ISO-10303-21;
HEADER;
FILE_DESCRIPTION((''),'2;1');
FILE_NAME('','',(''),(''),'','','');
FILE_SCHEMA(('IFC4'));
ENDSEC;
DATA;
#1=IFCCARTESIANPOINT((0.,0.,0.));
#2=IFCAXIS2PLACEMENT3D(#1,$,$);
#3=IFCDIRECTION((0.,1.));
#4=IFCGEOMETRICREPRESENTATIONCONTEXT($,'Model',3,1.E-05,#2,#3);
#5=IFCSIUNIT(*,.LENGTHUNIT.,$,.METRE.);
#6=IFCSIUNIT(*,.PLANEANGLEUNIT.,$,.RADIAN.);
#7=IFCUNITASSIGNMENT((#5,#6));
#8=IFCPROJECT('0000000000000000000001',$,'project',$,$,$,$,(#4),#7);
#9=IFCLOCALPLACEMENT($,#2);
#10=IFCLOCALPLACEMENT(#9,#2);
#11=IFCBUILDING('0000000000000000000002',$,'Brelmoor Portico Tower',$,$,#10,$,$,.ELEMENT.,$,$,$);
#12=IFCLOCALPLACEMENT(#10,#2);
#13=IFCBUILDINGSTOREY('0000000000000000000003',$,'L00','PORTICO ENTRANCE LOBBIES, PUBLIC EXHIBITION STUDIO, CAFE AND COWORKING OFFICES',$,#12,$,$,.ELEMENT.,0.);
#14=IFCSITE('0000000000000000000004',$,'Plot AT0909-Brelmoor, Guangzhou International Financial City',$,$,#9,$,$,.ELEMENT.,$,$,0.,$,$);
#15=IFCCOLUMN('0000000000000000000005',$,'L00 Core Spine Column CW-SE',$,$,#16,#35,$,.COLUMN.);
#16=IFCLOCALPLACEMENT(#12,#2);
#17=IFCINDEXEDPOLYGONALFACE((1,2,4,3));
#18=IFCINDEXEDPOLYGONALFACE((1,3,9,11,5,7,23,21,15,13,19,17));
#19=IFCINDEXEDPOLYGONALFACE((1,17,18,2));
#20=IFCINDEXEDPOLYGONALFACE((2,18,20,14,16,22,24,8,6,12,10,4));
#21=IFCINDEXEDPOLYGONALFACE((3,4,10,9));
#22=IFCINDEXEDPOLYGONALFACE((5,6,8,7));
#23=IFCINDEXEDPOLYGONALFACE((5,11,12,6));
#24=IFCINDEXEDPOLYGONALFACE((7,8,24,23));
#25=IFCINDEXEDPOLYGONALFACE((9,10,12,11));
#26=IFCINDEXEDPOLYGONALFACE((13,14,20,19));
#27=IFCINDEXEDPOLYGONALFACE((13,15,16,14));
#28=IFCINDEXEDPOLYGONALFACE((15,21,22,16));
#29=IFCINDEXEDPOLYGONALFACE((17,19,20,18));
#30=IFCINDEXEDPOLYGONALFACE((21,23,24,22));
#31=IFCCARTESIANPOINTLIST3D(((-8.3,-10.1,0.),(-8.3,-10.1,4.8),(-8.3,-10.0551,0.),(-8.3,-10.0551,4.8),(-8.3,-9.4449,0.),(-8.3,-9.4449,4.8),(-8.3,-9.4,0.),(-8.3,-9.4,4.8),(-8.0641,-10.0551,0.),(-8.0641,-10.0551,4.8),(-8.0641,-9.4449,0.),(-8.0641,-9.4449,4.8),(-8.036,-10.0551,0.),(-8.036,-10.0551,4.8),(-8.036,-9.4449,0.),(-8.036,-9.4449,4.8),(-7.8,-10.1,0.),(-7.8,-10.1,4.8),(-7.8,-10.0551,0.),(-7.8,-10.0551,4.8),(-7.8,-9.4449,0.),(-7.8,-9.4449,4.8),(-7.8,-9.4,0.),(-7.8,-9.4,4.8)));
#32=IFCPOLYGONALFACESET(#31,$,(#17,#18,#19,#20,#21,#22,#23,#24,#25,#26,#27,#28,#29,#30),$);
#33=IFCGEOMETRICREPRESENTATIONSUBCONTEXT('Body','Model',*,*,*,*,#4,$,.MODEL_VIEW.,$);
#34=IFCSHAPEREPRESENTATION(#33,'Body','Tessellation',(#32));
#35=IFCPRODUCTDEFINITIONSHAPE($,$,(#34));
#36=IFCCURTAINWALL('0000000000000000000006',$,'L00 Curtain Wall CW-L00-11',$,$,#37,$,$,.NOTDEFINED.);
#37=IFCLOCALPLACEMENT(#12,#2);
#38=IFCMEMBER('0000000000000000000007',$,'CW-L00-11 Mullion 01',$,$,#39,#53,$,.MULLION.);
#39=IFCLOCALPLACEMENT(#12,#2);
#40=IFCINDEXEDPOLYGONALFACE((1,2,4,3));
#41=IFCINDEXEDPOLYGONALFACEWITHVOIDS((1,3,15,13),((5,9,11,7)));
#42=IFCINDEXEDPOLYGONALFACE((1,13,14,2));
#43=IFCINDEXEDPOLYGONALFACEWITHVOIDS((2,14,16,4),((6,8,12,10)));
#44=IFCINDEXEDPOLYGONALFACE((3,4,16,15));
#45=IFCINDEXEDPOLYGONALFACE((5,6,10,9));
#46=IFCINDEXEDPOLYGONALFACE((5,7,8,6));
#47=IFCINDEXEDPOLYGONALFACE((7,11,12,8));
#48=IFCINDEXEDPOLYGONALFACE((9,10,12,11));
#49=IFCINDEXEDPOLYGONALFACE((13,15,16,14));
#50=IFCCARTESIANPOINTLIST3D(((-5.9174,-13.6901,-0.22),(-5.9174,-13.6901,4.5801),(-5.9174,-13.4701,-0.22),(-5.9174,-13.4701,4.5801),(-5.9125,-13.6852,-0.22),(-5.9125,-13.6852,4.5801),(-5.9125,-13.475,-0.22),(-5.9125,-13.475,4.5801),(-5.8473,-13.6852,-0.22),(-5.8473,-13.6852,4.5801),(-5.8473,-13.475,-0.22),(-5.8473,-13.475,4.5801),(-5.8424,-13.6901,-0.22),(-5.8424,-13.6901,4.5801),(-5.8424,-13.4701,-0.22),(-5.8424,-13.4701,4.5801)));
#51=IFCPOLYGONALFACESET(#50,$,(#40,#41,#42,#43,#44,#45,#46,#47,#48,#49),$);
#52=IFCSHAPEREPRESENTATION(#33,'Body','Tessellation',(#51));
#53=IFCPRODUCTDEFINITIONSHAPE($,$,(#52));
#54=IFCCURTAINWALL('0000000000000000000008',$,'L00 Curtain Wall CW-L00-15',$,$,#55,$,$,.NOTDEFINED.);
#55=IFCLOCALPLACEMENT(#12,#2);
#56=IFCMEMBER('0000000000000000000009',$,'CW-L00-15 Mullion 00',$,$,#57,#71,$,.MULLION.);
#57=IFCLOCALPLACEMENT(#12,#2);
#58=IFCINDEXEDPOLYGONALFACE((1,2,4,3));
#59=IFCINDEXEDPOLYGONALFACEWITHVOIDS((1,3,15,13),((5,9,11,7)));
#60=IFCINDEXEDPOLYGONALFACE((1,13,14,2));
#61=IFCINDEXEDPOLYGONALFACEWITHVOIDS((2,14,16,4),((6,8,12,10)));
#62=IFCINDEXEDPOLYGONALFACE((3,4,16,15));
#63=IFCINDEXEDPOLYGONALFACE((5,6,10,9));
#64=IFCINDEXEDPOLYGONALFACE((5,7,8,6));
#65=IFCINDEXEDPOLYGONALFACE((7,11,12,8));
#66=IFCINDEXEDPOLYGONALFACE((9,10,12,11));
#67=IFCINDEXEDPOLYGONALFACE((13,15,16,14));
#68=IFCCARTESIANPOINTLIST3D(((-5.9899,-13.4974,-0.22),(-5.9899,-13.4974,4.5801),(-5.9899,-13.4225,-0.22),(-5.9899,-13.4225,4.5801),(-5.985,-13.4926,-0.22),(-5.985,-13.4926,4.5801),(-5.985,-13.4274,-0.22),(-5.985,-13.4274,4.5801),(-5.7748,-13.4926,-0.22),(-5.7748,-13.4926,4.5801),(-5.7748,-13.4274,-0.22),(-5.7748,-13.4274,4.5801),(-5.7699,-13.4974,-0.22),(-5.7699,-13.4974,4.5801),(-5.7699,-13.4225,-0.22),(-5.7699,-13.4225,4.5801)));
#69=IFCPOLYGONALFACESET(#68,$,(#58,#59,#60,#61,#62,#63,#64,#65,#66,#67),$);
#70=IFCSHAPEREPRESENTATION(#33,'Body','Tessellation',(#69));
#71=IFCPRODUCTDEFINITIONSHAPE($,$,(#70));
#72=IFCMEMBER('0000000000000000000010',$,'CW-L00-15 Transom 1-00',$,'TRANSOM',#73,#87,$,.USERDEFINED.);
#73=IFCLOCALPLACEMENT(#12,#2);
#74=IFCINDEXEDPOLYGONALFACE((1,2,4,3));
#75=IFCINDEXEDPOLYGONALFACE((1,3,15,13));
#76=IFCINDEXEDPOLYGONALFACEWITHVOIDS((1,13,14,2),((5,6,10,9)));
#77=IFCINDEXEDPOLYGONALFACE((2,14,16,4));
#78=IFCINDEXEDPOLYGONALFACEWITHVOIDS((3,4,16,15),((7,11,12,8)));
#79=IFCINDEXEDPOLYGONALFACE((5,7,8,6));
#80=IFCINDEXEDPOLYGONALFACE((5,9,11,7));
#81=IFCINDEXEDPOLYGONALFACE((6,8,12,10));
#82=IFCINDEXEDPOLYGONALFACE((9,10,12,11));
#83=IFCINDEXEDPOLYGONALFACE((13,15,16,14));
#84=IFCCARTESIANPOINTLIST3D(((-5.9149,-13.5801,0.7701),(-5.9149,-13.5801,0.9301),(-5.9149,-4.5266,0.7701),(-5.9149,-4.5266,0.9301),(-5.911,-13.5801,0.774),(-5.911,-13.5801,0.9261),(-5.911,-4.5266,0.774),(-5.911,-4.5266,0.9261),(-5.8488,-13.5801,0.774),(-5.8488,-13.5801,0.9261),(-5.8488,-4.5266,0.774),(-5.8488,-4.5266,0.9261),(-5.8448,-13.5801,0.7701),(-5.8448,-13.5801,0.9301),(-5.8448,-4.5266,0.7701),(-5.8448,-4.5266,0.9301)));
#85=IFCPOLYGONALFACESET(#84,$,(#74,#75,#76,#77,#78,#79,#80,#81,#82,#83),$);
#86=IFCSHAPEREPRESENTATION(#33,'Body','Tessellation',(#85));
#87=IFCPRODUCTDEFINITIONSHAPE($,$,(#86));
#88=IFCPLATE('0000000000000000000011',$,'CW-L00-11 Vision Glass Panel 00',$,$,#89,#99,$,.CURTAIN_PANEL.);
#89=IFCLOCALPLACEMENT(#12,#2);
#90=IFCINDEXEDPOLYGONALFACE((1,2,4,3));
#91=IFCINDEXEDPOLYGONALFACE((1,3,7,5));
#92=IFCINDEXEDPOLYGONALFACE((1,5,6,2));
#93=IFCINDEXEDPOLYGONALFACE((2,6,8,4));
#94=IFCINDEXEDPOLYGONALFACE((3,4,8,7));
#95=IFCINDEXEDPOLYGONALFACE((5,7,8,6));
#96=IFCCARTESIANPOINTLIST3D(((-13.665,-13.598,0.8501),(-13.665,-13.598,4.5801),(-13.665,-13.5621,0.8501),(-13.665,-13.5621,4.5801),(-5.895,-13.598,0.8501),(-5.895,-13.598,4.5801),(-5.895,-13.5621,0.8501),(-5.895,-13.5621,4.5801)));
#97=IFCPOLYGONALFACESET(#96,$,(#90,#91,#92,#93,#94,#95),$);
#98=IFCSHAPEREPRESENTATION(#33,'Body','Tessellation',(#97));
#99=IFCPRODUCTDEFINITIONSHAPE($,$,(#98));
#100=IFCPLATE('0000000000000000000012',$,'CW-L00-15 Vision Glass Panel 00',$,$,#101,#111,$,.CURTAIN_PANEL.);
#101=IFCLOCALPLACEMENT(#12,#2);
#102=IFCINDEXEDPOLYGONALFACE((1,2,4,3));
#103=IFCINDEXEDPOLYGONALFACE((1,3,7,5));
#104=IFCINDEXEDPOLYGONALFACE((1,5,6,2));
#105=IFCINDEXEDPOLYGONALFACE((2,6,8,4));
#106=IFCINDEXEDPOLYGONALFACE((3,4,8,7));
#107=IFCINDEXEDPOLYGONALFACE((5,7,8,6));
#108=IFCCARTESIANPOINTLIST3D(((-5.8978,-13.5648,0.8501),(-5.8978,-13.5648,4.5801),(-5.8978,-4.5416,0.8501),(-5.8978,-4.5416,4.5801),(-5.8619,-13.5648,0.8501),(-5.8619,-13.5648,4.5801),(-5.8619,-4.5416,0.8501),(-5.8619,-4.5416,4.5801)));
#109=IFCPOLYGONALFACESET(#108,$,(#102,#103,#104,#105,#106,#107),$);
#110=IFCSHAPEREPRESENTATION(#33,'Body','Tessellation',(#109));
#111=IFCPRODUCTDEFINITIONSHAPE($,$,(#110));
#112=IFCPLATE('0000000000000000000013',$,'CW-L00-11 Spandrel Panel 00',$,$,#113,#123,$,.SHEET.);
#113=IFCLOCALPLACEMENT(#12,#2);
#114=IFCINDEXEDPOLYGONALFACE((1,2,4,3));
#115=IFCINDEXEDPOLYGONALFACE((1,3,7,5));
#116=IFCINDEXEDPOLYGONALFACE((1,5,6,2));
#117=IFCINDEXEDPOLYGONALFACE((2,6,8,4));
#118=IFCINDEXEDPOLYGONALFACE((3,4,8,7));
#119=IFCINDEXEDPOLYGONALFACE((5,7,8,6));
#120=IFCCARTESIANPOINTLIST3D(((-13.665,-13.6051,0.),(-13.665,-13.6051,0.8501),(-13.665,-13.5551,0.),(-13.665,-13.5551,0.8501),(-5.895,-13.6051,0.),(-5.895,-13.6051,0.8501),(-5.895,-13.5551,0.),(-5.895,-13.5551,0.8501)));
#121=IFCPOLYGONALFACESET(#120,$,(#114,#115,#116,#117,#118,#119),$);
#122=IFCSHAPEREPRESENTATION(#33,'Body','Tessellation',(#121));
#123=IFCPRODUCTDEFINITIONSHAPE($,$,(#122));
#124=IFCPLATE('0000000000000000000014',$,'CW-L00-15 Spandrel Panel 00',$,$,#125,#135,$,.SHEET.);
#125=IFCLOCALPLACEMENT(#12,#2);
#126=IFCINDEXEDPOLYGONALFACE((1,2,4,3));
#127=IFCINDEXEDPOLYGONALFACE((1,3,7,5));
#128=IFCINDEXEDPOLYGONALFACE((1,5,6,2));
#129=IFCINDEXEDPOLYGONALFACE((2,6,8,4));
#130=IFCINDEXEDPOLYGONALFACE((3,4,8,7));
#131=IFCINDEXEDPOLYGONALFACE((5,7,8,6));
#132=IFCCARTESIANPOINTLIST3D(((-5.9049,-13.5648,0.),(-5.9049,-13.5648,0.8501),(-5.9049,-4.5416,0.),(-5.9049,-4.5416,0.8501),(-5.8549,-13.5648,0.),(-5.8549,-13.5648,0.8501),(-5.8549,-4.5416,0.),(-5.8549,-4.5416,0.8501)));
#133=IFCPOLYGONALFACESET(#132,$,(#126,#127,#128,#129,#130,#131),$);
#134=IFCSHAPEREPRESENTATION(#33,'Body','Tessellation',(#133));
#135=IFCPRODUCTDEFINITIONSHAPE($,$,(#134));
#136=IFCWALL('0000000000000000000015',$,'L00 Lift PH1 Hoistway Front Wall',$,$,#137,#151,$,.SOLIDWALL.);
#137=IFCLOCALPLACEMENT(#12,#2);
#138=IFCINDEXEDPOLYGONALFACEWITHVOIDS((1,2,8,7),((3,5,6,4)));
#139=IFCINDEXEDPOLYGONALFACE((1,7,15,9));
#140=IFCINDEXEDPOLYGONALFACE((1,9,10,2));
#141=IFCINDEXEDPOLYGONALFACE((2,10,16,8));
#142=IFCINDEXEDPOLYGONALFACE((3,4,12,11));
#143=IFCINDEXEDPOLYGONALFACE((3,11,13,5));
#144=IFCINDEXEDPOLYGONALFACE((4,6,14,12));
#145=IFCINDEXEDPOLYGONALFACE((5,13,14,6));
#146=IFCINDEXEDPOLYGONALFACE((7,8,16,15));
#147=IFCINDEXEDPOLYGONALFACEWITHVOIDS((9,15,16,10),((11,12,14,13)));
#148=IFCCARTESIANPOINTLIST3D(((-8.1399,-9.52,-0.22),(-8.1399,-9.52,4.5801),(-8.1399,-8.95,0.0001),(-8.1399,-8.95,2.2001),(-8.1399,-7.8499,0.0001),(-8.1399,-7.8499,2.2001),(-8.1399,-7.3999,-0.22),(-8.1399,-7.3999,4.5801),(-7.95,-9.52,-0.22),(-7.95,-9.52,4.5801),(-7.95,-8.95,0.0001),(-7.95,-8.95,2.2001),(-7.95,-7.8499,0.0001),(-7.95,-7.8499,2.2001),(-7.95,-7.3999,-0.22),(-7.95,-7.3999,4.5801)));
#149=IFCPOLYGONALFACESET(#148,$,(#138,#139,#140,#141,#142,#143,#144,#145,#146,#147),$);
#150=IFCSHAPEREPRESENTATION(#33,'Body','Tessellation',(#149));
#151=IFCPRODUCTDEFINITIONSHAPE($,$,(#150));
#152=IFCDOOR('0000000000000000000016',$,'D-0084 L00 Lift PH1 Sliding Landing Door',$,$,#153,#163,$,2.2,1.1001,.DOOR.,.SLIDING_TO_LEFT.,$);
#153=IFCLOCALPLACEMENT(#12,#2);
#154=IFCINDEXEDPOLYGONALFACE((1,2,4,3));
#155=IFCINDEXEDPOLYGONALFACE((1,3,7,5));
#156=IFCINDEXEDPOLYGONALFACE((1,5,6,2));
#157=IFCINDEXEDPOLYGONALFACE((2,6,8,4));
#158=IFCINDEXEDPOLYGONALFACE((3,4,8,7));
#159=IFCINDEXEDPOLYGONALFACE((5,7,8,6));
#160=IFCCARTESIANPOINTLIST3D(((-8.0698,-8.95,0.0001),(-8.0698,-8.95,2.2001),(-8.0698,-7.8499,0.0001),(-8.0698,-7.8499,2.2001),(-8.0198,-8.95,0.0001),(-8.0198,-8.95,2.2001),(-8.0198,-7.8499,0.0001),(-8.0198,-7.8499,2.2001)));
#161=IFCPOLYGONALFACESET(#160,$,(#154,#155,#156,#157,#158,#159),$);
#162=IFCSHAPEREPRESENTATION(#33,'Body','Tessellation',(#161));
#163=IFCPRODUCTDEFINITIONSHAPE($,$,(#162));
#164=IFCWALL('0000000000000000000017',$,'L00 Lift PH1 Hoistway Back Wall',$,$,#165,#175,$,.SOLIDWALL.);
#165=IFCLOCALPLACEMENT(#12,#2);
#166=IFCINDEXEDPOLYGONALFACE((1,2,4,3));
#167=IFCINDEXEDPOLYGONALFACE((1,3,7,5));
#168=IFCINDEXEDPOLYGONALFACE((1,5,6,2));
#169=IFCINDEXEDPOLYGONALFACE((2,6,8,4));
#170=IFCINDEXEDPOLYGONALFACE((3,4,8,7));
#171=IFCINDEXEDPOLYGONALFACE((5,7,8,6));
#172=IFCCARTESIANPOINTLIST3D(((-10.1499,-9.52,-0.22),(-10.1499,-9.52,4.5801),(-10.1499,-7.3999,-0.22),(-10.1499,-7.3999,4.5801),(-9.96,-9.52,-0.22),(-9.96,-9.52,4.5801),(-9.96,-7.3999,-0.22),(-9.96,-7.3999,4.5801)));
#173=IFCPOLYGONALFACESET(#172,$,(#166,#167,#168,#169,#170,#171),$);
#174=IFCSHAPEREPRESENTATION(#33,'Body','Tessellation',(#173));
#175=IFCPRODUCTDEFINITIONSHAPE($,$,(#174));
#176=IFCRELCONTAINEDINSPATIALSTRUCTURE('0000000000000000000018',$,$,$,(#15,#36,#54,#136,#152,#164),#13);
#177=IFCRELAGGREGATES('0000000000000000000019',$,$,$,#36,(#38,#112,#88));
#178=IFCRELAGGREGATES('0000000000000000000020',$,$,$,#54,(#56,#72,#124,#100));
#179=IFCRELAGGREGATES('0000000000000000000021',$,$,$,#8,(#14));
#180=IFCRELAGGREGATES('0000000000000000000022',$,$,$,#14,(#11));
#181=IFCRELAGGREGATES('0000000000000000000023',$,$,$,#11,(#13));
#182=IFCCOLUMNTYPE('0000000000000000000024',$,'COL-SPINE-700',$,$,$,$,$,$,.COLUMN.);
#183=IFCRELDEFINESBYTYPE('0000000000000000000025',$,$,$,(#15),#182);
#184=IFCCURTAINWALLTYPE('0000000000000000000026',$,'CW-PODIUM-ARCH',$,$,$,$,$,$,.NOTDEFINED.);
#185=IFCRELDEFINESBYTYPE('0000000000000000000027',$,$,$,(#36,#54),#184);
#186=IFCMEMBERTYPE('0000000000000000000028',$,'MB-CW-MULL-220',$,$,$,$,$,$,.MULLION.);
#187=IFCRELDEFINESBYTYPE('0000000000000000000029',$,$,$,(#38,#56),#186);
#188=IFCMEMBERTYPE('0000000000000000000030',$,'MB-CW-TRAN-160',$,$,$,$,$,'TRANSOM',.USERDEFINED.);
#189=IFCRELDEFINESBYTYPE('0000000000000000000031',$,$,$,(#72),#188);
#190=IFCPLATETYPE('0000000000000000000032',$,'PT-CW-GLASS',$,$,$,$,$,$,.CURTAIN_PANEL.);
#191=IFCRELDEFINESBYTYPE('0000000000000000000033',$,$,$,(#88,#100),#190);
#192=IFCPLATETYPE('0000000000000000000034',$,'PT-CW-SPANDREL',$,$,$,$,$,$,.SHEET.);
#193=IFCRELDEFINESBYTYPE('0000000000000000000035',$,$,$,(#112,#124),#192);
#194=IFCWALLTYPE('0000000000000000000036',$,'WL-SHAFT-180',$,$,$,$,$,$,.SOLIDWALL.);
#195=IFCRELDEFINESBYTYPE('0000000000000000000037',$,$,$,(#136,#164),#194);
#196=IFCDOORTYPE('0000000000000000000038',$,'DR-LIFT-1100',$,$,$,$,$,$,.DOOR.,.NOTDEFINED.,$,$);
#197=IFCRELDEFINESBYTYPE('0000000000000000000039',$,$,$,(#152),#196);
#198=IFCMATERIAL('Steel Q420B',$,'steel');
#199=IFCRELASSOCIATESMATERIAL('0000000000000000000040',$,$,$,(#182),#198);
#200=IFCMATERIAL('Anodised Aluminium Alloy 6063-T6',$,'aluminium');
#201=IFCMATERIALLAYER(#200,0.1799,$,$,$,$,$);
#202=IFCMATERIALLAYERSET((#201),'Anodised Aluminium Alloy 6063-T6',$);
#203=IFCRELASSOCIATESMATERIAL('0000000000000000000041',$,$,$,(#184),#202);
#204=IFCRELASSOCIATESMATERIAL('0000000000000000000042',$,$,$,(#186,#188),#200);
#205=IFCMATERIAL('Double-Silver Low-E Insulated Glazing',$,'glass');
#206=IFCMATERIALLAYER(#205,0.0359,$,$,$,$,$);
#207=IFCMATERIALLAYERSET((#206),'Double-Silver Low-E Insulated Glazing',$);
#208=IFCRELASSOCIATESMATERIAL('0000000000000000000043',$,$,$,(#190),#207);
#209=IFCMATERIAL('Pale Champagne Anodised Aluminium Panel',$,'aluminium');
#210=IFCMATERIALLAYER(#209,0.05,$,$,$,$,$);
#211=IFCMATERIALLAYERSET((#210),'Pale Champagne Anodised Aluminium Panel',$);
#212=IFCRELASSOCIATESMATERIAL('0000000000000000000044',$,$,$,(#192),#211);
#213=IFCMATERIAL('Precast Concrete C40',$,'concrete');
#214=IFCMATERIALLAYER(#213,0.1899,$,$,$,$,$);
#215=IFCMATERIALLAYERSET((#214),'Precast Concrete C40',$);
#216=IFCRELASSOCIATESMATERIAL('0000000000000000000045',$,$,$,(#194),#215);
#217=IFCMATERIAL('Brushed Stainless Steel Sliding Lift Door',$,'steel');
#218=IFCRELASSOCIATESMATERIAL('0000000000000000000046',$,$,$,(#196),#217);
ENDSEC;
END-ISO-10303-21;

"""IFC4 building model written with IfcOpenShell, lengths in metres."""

from ifc_helpers import new_model, si_unit, direction, frame, frame_2d, origin, origin_2d, place, context, subcontext, project, spatial, rectangle, hollow_rectangle, i_section, extrude, material, layer, layer_set, material_profile, profile_set, type_object, element, fill, aggregate, save


model = new_model("IFC4")

# Units and contexts
model_context = context("Model", 3, precision=1e-05, world=origin(), true_north=direction((0.0, 1.0)))
body_context = subcontext(model_context, "Body", "Model", "MODEL_VIEW")
ifc_project = project(units=[si_unit("LENGTHUNIT", "METRE"), si_unit("PLANEANGLEUNIT", "RADIAN")], contexts=[model_context])

# Site, building, storey
site_placement = place(None, origin())
site = spatial("IfcSite", under=ifc_project, at=site_placement, Name="Plot AT0909-Brelmoor, Guangzhou International Financial City", CompositionType="ELEMENT", RefElevation=0.0)
building_placement = place(site_placement, origin())
building = spatial("IfcBuilding", under=site, at=building_placement, Name="Brelmoor Portico Tower", CompositionType="ELEMENT")
storey_placement = place(building_placement, origin())
storey = spatial("IfcBuildingStorey", under=building, at=storey_placement, Name="L00", Description="PORTICO ENTRANCE LOBBIES, PUBLIC EXHIBITION STUDIO, CAFE AND COWORKING OFFICES", CompositionType="ELEMENT", Elevation=0.0)

# Column
ifc_material_1 = material(Name="Steel Q420B", Category="steel")
ifc_material_profile_1 = material_profile(ifc_material_1, i_section(OverallWidth=0.5, OverallDepth=0.7, WebThickness=0.0281, FlangeThickness=0.0449, at=origin_2d()), Name="HW 700x500x28x45")
ifc_profile_set_1 = profile_set([ifc_material_profile_1], Name="Steel Q420B")
column_type = type_object("IfcColumnType", Name="COL-SPINE-700", PredefinedType="COLUMN", material=ifc_profile_set_1)
column_placement = place(storey_placement, frame((-8.05, -9.75, 0.0), z_axis=(0.0, 0.0, 1.0), x_axis=(1.0, 0.0, 0.0)))
element("IfcColumn", 1, at=column_placement, inside=storey, type_object=column_type, Name="L00 Core Spine Column CW-SE", PredefinedType="COLUMN", context=body_context, shape_type="SweptSolid", body=[
    extrude(i_section(OverallWidth=0.5, OverallDepth=0.7, WebThickness=0.0281, FlangeThickness=0.0449, at=origin_2d()), origin(), (0.0, 0.0, 1.0), 4.8),
])

# Curtain wall, member
ifc_material_2 = material(Name="Anodised Aluminium Alloy 6063-T6", Category="aluminium")
ifc_layer_1 = layer(ifc_material_2, 0.1799)
ifc_layer_set_1 = layer_set([ifc_layer_1], Name="Anodised Aluminium Alloy 6063-T6")
curtain_wall_type = type_object("IfcCurtainWallType", Name="CW-PODIUM-ARCH", PredefinedType="NOTDEFINED", material=ifc_layer_set_1)
curtain_wall_1_placement = place(storey_placement, origin())
curtain_wall_1 = element("IfcCurtainWall", 2, at=curtain_wall_1_placement, inside=storey, type_object=curtain_wall_type, Name="L00 Curtain Wall CW-L00-11", PredefinedType="NOTDEFINED")
ifc_material_profile_2 = material_profile(ifc_material_2, hollow_rectangle(XDim=0.075, YDim=0.22, WallThickness=0.0049, at=origin_2d()), Name="ALU MULLION 75x220")
ifc_profile_set_2 = profile_set([ifc_material_profile_2], Name="Anodised Aluminium Alloy 6063-T6")
member_type_1 = type_object("IfcMemberType", Name="MB-CW-MULL-220", PredefinedType="MULLION", material=ifc_profile_set_2)
member_1_placement = place(storey_placement, frame((-5.8799, -13.5801, -0.22), z_axis=(0.0, 0.0, 1.0), x_axis=(1.0, 0.0, 0.0)))
member_1 = element("IfcMember", 3, at=member_1_placement, type_object=member_type_1, Name="CW-L00-11 Mullion 01", PredefinedType="MULLION", context=body_context, shape_type="SweptSolid", body=[
    extrude(hollow_rectangle(XDim=0.075, YDim=0.22, WallThickness=0.0049, at=origin_2d()), origin(), (0.0, 0.0, 1.0), 4.8),
])

# Curtain wall, members
curtain_wall_2_placement = place(storey_placement, origin())
curtain_wall_2 = element("IfcCurtainWall", 4, at=curtain_wall_2_placement, inside=storey, type_object=curtain_wall_type, Name="L00 Curtain Wall CW-L00-15", PredefinedType="NOTDEFINED")
member_2_placement = place(storey_placement, frame((-5.8799, -13.46, -0.22), z_axis=(0.0, 0.0, 1.0), x_axis=(0.0, 1.0, 0.0)))
member_2 = element("IfcMember", 5, at=member_2_placement, type_object=member_type_1, Name="CW-L00-15 Mullion 00", PredefinedType="MULLION", context=body_context, shape_type="SweptSolid", body=[
    extrude(hollow_rectangle(XDim=0.075, YDim=0.22, WallThickness=0.0049, at=origin_2d()), origin(), (0.0, 0.0, 1.0), 4.8),
])
ifc_material_profile_3 = material_profile(ifc_material_2, hollow_rectangle(XDim=0.0701, YDim=0.1599, WallThickness=0.0039, at=origin_2d()), Name="ALU TRANSOM 70x160")
ifc_profile_set_3 = profile_set([ifc_material_profile_3], Name="Anodised Aluminium Alloy 6063-T6")
member_type_2 = type_object("IfcMemberType", Name="MB-CW-TRAN-160", ElementType="TRANSOM", PredefinedType="USERDEFINED", material=ifc_profile_set_3)
member_3_placement = place(storey_placement, frame((-5.8799, -13.5801, 0.8501), z_axis=(0.0, 1.0, 0.0), x_axis=(-1.0, 0.0, 0.0)))
member_3 = element("IfcMember", 6, at=member_3_placement, type_object=member_type_2, Name="CW-L00-15 Transom 1-00", ObjectType="TRANSOM", PredefinedType="USERDEFINED", context=body_context, shape_type="SweptSolid", body=[
    extrude(hollow_rectangle(XDim=0.0701, YDim=0.1599, WallThickness=0.0039, at=origin_2d()), origin(), (0.0, 0.0, 1.0), 9.0535),
])

# Plates
ifc_material_3 = material(Name="Double-Silver Low-E Insulated Glazing", Category="glass")
ifc_layer_2 = layer(ifc_material_3, 0.0359)
ifc_layer_set_2 = layer_set([ifc_layer_2], Name="Double-Silver Low-E Insulated Glazing")
plate_type_1 = type_object("IfcPlateType", Name="PT-CW-GLASS", PredefinedType="CURTAIN_PANEL", material=ifc_layer_set_2)
plate_1_placement = place(storey_placement, frame((-9.78, -13.5801, 0.8501), z_axis=(0.0, 0.0, 1.0), x_axis=(1.0, 0.0, 0.0)))
plate_1 = element("IfcPlate", 7, at=plate_1_placement, type_object=plate_type_1, Name="CW-L00-11 Vision Glass Panel 00", PredefinedType="CURTAIN_PANEL", context=body_context, shape_type="SweptSolid", body=[
    extrude(rectangle(XDim=7.77, YDim=0.0359, at=origin_2d()), origin(), (0.0, 0.0, 1.0), 3.73),
])
plate_2_placement = place(storey_placement, frame((-5.8799, -9.0532, 0.8501), z_axis=(0.0, 0.0, 1.0), x_axis=(0.0, 1.0, 0.0)))
plate_2 = element("IfcPlate", 8, at=plate_2_placement, type_object=plate_type_1, Name="CW-L00-15 Vision Glass Panel 00", PredefinedType="CURTAIN_PANEL", context=body_context, shape_type="SweptSolid", body=[
    extrude(rectangle(XDim=9.0232, YDim=0.0359, at=origin_2d()), origin(), (0.0, 0.0, 1.0), 3.73),
])
ifc_material_4 = material(Name="Pale Champagne Anodised Aluminium Panel", Category="aluminium")
ifc_layer_3 = layer(ifc_material_4, 0.05)
ifc_layer_set_3 = layer_set([ifc_layer_3], Name="Pale Champagne Anodised Aluminium Panel")
plate_type_2 = type_object("IfcPlateType", Name="PT-CW-SPANDREL", PredefinedType="SHEET", material=ifc_layer_set_3)
plate_3_placement = place(storey_placement, frame((-9.78, -13.5801, 0.0), z_axis=(0.0, 0.0, 1.0), x_axis=(1.0, 0.0, 0.0)))
plate_3 = element("IfcPlate", 9, at=plate_3_placement, type_object=plate_type_2, Name="CW-L00-11 Spandrel Panel 00", PredefinedType="SHEET", context=body_context, shape_type="SweptSolid", body=[
    extrude(rectangle(XDim=7.77, YDim=0.05, at=origin_2d()), origin(), (0.0, 0.0, 1.0), 0.8501),
])
aggregate(curtain_wall_1, [member_1, plate_3, plate_1])
plate_4_placement = place(storey_placement, frame((-5.8799, -9.0532, 0.0), z_axis=(0.0, 0.0, 1.0), x_axis=(0.0, 1.0, 0.0)))
plate_4 = element("IfcPlate", 10, at=plate_4_placement, type_object=plate_type_2, Name="CW-L00-15 Spandrel Panel 00", PredefinedType="SHEET", context=body_context, shape_type="SweptSolid", body=[
    extrude(rectangle(XDim=9.0232, YDim=0.05, at=origin_2d()), origin(), (0.0, 0.0, 1.0), 0.8501),
])
aggregate(curtain_wall_2, [member_2, member_3, plate_4, plate_2])

# Wall, opening, door
ifc_material_5 = material(Name="Precast Concrete C40", Category="concrete")
ifc_layer_4 = layer(ifc_material_5, 0.1899)
ifc_layer_set_4 = layer_set([ifc_layer_4], Name="Precast Concrete C40")
wall_type_1 = type_object("IfcWallType", Name="WL-SHAFT-180", PredefinedType="SOLIDWALL", material=ifc_layer_set_4)
wall_1_placement = place(storey_placement, frame((-8.0449, -9.52, -0.22), z_axis=(0.0, 0.0, 1.0), x_axis=(0.0, 1.0, 0.0)))
wall_1 = element("IfcWall", 11, at=wall_1_placement, inside=storey, type_object=wall_type_1, Name="L00 Lift PH1 Hoistway Front Wall", PredefinedType="SOLIDWALL", context=body_context, shape_type="SweptSolid", body=[
    extrude(rectangle(XDim=2.1201, YDim=0.1899, at=frame_2d((1.0601, 0.0))), origin(), (0.0, 0.0, 1.0), 4.8),
])
opening_1_placement = place(wall_1_placement, frame((0.5701, 0.0, 0.22)))
opening_1 = element("IfcOpeningElement", 12, at=opening_1_placement, cuts=wall_1, PredefinedType="OPENING", context=body_context, shape_type="SweptSolid", body=[
    extrude(rectangle(XDim=1.1001, YDim=2.2, at=frame_2d((0.55, 1.1001))), frame((0.0, 0.105, 0.0), z_axis=(0.0, -1.0, 0.0), x_axis=(1.0, 0.0, 0.0)), (0.0, 0.0, 1.0), 0.21),
])
ifc_material_6 = material(Name="Brushed Stainless Steel Sliding Lift Door", Category="steel")
door_type_1 = type_object("IfcDoorType", Name="DR-LIFT-1100", OperationType="NOTDEFINED", PredefinedType="DOOR", material=ifc_material_6)
door_1_placement = place(opening_1_placement, origin())
door_1 = element("IfcDoor", 13, at=door_1_placement, inside=storey, type_object=door_type_1, Name="D-0084 L00 Lift PH1 Sliding Landing Door", OperationType="SLIDING_TO_LEFT", OverallHeight=2.2, OverallWidth=1.1001, PredefinedType="DOOR", context=body_context, shape_type="SweptSolid", body=[
    extrude(rectangle(XDim=1.1001, YDim=2.2, at=frame_2d((0.55, 1.1001))), frame((0.0, 0.0249, 0.0), z_axis=(0.0, -1.0, 0.0), x_axis=(1.0, 0.0, 0.0)), (0.0, 0.0, 1.0), 0.05),
])
fill(opening_1, door_1)

# Wall
wall_2_placement = place(storey_placement, frame((-10.0549, -9.52, -0.22), z_axis=(0.0, 0.0, 1.0), x_axis=(0.0, 1.0, 0.0)))
element("IfcWall", 14, at=wall_2_placement, inside=storey, type_object=wall_type_1, Name="L00 Lift PH1 Hoistway Back Wall", PredefinedType="SOLIDWALL", context=body_context, shape_type="SweptSolid", body=[
    extrude(rectangle(XDim=2.1201, YDim=0.1899, at=frame_2d((1.0601, 0.0))), origin(), (0.0, 0.0, 1.0), 4.8),
])

save(model, "model.ifc")
